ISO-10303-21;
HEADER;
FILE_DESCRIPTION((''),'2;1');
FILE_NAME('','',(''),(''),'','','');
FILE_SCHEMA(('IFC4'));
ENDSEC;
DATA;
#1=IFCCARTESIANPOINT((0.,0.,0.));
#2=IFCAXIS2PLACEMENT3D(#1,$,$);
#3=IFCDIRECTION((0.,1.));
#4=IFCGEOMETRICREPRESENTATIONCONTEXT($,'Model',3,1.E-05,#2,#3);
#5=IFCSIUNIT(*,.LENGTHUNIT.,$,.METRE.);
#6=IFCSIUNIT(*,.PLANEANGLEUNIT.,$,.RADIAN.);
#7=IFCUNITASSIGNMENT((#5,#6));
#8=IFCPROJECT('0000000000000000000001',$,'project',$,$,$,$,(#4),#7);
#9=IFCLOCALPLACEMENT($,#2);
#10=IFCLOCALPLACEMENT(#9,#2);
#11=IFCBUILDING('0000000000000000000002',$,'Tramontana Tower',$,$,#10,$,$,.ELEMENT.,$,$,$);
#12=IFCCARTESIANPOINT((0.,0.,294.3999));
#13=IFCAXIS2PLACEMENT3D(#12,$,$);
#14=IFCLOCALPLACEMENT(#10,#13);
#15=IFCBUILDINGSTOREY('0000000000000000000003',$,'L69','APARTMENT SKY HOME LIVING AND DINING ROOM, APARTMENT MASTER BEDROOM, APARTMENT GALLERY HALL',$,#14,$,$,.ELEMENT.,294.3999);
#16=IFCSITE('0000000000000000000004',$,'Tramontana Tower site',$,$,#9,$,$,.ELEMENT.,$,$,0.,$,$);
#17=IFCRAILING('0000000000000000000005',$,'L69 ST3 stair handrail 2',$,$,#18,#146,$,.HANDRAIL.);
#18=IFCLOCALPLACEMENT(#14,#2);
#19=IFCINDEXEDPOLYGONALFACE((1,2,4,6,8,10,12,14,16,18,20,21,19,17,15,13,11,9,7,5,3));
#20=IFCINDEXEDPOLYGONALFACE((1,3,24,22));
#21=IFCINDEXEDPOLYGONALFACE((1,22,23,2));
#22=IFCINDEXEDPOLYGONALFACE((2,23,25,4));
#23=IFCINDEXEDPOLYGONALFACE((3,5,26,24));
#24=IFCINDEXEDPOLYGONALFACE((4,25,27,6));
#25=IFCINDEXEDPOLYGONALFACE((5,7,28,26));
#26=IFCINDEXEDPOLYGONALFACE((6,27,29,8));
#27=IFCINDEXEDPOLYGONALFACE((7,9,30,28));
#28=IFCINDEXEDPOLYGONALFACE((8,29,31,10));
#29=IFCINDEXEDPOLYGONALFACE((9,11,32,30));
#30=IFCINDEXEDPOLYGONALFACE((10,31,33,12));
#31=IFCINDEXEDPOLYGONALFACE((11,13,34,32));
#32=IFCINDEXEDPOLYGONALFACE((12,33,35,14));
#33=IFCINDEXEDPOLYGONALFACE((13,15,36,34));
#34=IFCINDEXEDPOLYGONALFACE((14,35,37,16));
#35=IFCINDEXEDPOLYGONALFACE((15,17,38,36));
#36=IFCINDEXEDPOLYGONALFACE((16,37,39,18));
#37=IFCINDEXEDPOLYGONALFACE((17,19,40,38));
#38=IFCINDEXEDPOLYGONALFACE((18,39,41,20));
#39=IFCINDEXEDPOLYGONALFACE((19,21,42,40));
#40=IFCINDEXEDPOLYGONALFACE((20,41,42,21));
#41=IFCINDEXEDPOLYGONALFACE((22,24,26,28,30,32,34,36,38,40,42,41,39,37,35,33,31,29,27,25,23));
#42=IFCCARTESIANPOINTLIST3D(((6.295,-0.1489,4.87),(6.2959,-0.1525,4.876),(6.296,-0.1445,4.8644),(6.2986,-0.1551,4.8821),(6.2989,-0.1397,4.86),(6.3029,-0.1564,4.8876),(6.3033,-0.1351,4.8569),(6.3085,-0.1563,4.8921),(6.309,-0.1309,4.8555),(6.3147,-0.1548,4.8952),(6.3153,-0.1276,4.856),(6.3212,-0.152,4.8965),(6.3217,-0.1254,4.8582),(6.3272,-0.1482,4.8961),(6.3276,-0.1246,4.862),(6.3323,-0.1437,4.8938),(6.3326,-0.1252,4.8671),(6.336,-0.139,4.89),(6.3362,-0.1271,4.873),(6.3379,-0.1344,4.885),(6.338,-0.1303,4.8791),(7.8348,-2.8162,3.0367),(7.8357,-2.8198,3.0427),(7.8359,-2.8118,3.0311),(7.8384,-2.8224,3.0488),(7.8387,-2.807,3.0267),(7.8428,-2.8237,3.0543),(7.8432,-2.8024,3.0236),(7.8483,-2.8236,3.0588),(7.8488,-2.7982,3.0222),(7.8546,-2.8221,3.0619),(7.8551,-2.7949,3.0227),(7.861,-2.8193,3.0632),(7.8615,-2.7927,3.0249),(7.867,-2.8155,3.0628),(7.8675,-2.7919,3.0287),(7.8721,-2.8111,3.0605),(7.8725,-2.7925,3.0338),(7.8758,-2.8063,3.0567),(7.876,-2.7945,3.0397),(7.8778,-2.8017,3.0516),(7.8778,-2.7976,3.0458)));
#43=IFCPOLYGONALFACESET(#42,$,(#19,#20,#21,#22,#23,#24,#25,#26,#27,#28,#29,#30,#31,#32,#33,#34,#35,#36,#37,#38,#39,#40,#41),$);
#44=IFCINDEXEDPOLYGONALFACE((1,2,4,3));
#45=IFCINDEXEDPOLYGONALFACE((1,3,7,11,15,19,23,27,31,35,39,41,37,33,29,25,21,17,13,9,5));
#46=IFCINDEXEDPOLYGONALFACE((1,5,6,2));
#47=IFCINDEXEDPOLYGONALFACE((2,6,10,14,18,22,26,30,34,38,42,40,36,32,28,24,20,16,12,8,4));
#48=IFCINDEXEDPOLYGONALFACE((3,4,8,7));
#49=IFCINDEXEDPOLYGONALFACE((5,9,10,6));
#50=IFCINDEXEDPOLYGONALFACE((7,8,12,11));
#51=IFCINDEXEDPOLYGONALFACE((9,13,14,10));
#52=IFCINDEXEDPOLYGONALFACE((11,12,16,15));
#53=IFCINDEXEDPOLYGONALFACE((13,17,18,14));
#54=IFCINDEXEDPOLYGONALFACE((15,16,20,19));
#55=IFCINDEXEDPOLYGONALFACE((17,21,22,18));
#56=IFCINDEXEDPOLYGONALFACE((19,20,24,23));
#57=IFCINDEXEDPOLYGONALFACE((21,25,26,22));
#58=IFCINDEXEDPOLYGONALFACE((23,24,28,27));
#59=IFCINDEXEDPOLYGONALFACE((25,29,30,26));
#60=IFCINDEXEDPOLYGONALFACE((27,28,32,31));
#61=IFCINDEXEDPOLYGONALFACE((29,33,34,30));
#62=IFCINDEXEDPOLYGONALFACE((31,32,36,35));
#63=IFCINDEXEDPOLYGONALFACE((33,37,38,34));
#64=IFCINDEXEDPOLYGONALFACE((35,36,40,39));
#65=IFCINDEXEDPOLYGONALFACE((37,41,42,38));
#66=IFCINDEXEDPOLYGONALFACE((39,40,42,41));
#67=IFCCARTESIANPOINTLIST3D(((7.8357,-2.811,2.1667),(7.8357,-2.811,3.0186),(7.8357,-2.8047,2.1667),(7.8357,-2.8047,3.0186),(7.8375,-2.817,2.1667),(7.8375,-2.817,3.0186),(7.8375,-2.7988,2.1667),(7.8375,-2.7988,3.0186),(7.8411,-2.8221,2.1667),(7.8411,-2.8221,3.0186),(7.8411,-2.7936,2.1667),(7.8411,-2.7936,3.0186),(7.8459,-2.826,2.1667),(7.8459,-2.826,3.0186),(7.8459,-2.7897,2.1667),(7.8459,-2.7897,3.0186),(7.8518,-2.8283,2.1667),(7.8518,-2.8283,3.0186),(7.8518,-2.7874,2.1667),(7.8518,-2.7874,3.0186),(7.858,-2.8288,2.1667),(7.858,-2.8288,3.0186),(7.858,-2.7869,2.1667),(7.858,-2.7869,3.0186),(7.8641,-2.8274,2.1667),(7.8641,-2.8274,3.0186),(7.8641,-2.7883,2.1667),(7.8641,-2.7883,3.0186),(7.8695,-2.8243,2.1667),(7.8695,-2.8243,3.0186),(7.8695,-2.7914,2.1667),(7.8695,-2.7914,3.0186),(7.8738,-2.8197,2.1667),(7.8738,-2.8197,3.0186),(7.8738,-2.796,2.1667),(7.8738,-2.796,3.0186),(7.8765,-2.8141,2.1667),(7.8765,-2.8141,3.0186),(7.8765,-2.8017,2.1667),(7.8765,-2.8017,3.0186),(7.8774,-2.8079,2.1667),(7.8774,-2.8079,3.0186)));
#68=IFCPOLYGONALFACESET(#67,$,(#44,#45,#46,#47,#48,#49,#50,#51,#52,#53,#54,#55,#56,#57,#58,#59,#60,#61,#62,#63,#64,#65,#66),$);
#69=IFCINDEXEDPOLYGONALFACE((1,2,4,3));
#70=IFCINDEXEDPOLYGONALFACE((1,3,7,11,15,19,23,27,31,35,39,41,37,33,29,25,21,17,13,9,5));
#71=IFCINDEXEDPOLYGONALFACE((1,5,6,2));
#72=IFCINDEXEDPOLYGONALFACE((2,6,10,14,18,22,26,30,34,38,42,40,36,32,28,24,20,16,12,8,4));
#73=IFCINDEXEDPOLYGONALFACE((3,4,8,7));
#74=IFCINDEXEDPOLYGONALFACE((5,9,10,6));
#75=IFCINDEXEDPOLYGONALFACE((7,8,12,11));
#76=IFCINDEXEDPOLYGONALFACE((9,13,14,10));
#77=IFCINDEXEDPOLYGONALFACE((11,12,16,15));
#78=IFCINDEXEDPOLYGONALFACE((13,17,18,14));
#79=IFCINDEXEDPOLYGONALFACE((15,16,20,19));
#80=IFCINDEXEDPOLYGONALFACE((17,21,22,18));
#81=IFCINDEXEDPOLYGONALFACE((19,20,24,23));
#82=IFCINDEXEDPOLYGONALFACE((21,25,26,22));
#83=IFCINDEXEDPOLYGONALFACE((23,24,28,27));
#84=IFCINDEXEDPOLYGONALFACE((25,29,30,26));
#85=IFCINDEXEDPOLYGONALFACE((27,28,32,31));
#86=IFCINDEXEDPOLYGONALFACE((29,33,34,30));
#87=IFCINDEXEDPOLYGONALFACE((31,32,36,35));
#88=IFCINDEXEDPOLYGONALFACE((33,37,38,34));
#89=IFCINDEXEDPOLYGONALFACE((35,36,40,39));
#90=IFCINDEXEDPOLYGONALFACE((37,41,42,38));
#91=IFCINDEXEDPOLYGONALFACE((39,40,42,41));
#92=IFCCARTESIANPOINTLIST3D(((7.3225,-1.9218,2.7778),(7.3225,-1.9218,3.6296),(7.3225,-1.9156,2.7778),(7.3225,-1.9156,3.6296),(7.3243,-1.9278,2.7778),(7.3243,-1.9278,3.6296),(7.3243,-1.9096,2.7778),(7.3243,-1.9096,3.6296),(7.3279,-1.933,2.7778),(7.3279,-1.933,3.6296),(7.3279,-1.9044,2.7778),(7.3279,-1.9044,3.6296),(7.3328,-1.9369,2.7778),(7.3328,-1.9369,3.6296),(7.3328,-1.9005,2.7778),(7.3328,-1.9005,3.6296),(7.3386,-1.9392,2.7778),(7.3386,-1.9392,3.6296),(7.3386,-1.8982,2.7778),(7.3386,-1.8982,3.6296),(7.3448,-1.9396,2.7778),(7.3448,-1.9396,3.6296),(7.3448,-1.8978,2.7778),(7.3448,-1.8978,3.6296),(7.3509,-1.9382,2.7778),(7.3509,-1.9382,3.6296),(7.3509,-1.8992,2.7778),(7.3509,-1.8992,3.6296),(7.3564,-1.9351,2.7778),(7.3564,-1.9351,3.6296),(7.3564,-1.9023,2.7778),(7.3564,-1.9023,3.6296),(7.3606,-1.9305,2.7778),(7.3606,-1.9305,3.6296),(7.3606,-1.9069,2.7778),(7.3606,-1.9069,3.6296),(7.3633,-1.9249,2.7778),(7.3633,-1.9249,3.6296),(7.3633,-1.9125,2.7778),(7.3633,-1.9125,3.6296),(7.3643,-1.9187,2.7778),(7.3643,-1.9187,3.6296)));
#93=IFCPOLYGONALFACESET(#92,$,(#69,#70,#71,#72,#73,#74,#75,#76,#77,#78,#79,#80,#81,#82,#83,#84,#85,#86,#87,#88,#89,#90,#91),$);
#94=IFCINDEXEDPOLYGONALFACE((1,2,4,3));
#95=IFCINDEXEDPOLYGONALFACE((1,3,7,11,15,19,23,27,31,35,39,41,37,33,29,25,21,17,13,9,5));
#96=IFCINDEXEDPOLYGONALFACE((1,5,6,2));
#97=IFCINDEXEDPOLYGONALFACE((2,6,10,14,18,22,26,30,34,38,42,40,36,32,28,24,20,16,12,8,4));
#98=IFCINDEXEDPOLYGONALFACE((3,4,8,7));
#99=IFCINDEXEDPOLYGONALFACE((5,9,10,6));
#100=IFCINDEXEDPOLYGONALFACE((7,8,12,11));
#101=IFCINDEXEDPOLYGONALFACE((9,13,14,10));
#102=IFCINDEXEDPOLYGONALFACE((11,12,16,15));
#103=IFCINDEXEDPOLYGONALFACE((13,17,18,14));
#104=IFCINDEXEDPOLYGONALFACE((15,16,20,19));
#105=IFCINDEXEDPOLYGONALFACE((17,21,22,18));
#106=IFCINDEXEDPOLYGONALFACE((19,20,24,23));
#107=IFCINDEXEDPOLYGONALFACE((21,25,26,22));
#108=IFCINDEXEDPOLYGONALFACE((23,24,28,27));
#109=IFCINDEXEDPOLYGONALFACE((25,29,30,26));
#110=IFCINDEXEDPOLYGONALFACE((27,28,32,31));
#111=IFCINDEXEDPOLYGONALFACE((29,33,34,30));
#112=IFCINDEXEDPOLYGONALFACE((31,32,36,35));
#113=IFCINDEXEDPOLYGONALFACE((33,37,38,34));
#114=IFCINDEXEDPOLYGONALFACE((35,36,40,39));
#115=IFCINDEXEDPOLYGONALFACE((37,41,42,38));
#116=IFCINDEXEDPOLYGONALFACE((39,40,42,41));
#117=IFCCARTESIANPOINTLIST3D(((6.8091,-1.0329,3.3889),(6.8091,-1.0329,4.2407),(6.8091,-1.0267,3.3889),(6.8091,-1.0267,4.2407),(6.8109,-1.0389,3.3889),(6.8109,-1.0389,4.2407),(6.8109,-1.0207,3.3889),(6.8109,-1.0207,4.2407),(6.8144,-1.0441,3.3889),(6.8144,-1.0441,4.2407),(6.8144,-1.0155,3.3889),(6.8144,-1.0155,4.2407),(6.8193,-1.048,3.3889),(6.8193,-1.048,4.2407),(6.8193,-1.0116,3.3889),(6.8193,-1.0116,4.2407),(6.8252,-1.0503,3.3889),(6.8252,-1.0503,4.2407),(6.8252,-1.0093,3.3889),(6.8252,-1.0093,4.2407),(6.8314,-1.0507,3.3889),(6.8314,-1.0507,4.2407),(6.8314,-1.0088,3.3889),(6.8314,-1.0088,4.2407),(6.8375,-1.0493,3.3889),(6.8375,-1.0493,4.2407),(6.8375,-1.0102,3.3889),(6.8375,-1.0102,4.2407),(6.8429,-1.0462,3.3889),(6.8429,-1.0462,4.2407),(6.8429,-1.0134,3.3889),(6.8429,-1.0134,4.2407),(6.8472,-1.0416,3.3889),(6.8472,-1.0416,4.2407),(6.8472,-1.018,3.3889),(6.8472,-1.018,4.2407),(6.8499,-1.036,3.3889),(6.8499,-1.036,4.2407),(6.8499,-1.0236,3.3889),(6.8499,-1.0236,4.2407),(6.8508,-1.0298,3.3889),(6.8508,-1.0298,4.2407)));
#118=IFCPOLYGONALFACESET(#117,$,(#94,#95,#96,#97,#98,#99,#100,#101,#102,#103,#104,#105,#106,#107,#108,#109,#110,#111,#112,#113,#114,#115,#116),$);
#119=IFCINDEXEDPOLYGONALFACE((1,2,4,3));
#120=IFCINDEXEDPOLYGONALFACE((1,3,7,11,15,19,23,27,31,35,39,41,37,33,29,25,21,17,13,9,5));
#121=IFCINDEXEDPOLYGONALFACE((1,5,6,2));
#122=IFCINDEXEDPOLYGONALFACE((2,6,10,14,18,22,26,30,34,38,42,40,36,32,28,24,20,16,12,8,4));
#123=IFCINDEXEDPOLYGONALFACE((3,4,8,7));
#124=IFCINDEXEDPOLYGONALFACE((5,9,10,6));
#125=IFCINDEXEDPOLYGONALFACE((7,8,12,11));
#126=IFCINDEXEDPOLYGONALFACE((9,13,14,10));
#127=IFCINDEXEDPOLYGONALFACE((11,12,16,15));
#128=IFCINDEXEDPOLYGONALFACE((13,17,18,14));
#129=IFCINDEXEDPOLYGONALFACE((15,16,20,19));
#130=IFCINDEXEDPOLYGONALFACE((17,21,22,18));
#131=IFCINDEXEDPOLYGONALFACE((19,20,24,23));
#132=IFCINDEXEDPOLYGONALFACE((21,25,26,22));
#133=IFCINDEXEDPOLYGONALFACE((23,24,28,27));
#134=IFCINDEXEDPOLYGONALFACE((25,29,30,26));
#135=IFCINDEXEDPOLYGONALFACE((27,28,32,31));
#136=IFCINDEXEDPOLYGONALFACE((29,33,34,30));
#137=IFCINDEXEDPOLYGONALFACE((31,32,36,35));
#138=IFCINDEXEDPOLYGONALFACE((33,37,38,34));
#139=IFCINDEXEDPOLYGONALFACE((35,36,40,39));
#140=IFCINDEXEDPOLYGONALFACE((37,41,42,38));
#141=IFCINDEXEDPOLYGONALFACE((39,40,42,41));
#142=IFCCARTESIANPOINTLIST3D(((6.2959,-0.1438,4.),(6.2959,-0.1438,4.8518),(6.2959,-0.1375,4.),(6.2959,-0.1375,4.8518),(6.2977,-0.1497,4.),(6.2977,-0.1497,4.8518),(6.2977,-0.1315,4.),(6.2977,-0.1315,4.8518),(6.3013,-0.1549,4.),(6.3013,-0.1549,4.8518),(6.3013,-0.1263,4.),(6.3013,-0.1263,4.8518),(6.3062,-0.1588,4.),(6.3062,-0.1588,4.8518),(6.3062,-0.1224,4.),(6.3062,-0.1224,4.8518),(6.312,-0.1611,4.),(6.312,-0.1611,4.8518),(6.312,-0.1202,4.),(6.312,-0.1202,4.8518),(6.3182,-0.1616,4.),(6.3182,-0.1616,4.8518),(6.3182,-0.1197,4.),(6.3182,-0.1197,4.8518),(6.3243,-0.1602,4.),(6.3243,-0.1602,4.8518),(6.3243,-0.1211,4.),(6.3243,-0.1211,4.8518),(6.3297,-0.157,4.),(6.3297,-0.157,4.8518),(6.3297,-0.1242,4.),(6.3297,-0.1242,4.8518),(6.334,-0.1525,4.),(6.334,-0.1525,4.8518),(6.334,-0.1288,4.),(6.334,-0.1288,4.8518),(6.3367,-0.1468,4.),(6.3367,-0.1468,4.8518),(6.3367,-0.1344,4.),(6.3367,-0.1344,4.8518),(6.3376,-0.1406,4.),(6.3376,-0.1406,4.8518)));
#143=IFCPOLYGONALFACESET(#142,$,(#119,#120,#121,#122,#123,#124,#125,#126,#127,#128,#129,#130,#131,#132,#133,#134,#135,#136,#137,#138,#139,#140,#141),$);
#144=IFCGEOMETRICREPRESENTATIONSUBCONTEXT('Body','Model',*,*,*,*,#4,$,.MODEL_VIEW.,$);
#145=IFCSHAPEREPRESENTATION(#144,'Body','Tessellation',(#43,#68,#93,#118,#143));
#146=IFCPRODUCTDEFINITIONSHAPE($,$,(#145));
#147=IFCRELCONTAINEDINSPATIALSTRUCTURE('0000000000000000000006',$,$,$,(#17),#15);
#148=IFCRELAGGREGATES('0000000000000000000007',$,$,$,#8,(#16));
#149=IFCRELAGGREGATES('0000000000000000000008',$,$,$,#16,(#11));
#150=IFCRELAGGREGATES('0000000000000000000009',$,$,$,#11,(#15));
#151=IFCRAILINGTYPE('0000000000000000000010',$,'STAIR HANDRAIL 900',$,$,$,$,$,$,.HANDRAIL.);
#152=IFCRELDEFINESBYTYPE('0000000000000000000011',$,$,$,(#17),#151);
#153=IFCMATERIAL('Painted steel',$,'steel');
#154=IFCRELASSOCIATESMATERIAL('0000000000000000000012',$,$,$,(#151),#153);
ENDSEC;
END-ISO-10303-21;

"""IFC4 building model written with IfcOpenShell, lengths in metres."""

from ifc_helpers import new_model, si_unit, direction, frame, origin, origin_2d, place, context, subcontext, project, spatial, circle, extrude, material, type_object, element, save


model = new_model("IFC4")

# Units and contexts
model_context = context("Model", 3, precision=1e-05, world=origin(), true_north=direction((0.0, 1.0)))
body_context = subcontext(model_context, "Body", "Model", "MODEL_VIEW")
ifc_project = project(units=[si_unit("LENGTHUNIT", "METRE"), si_unit("PLANEANGLEUNIT", "RADIAN")], contexts=[model_context])

# Site, building, storey
site_placement = place(None, origin())
site = spatial("IfcSite", under=ifc_project, at=site_placement, Name="Tramontana Tower site", CompositionType="ELEMENT", RefElevation=0.0)
building_placement = place(site_placement, origin())
building = spatial("IfcBuilding", under=site, at=building_placement, Name="Tramontana Tower", CompositionType="ELEMENT")
storey_placement = place(building_placement, frame((0.0, 0.0, 294.3999)))
storey = spatial("IfcBuildingStorey", under=building, at=storey_placement, Name="L69", Description="APARTMENT SKY HOME LIVING AND DINING ROOM, APARTMENT MASTER BEDROOM, APARTMENT GALLERY HALL", CompositionType="ELEMENT", Elevation=294.3999)

# Railing
ifc_material_1 = material(Name="Painted steel", Category="steel")
railing_type_1 = type_object("IfcRailingType", Name="STAIR HANDRAIL 900", PredefinedType="HANDRAIL", material=ifc_material_1)
railing_1_placement = place(storey_placement, frame((7.8564, -2.8079, 2.1667)))
element("IfcRailing", 1, at=railing_1_placement, inside=storey, type_object=railing_type_1, Name="L69 ST3 stair handrail 2", PredefinedType="HANDRAIL", context=body_context, shape_type="SweptSolid", body=[
    extrude(circle(Radius=0.0239, at=origin_2d()), frame((0.0, 0.0, 0.876), z_axis=(-0.429616, 0.744181, 0.511493), x_axis=(-0.866044, -0.499967, 0.0)), (0.0, 0.0, 1.0), 3.5842),
    extrude(circle(Radius=0.021, at=origin_2d()), origin(), (0.0, 0.0, 1.0), 0.8518),
    extrude(circle(Radius=0.021, at=origin_2d()), frame((-0.5132, 0.8892, 0.6111)), (0.0, 0.0, 1.0), 0.8518),
    extrude(circle(Radius=0.021, at=origin_2d()), frame((-1.0266, 1.7781, 1.2222)), (0.0, 0.0, 1.0), 0.8518),
    extrude(circle(Radius=0.021, at=origin_2d()), frame((-1.5398, 2.6672, 1.8333)), (0.0, 0.0, 1.0), 0.8518),
])

save(model, "model.ifc")
